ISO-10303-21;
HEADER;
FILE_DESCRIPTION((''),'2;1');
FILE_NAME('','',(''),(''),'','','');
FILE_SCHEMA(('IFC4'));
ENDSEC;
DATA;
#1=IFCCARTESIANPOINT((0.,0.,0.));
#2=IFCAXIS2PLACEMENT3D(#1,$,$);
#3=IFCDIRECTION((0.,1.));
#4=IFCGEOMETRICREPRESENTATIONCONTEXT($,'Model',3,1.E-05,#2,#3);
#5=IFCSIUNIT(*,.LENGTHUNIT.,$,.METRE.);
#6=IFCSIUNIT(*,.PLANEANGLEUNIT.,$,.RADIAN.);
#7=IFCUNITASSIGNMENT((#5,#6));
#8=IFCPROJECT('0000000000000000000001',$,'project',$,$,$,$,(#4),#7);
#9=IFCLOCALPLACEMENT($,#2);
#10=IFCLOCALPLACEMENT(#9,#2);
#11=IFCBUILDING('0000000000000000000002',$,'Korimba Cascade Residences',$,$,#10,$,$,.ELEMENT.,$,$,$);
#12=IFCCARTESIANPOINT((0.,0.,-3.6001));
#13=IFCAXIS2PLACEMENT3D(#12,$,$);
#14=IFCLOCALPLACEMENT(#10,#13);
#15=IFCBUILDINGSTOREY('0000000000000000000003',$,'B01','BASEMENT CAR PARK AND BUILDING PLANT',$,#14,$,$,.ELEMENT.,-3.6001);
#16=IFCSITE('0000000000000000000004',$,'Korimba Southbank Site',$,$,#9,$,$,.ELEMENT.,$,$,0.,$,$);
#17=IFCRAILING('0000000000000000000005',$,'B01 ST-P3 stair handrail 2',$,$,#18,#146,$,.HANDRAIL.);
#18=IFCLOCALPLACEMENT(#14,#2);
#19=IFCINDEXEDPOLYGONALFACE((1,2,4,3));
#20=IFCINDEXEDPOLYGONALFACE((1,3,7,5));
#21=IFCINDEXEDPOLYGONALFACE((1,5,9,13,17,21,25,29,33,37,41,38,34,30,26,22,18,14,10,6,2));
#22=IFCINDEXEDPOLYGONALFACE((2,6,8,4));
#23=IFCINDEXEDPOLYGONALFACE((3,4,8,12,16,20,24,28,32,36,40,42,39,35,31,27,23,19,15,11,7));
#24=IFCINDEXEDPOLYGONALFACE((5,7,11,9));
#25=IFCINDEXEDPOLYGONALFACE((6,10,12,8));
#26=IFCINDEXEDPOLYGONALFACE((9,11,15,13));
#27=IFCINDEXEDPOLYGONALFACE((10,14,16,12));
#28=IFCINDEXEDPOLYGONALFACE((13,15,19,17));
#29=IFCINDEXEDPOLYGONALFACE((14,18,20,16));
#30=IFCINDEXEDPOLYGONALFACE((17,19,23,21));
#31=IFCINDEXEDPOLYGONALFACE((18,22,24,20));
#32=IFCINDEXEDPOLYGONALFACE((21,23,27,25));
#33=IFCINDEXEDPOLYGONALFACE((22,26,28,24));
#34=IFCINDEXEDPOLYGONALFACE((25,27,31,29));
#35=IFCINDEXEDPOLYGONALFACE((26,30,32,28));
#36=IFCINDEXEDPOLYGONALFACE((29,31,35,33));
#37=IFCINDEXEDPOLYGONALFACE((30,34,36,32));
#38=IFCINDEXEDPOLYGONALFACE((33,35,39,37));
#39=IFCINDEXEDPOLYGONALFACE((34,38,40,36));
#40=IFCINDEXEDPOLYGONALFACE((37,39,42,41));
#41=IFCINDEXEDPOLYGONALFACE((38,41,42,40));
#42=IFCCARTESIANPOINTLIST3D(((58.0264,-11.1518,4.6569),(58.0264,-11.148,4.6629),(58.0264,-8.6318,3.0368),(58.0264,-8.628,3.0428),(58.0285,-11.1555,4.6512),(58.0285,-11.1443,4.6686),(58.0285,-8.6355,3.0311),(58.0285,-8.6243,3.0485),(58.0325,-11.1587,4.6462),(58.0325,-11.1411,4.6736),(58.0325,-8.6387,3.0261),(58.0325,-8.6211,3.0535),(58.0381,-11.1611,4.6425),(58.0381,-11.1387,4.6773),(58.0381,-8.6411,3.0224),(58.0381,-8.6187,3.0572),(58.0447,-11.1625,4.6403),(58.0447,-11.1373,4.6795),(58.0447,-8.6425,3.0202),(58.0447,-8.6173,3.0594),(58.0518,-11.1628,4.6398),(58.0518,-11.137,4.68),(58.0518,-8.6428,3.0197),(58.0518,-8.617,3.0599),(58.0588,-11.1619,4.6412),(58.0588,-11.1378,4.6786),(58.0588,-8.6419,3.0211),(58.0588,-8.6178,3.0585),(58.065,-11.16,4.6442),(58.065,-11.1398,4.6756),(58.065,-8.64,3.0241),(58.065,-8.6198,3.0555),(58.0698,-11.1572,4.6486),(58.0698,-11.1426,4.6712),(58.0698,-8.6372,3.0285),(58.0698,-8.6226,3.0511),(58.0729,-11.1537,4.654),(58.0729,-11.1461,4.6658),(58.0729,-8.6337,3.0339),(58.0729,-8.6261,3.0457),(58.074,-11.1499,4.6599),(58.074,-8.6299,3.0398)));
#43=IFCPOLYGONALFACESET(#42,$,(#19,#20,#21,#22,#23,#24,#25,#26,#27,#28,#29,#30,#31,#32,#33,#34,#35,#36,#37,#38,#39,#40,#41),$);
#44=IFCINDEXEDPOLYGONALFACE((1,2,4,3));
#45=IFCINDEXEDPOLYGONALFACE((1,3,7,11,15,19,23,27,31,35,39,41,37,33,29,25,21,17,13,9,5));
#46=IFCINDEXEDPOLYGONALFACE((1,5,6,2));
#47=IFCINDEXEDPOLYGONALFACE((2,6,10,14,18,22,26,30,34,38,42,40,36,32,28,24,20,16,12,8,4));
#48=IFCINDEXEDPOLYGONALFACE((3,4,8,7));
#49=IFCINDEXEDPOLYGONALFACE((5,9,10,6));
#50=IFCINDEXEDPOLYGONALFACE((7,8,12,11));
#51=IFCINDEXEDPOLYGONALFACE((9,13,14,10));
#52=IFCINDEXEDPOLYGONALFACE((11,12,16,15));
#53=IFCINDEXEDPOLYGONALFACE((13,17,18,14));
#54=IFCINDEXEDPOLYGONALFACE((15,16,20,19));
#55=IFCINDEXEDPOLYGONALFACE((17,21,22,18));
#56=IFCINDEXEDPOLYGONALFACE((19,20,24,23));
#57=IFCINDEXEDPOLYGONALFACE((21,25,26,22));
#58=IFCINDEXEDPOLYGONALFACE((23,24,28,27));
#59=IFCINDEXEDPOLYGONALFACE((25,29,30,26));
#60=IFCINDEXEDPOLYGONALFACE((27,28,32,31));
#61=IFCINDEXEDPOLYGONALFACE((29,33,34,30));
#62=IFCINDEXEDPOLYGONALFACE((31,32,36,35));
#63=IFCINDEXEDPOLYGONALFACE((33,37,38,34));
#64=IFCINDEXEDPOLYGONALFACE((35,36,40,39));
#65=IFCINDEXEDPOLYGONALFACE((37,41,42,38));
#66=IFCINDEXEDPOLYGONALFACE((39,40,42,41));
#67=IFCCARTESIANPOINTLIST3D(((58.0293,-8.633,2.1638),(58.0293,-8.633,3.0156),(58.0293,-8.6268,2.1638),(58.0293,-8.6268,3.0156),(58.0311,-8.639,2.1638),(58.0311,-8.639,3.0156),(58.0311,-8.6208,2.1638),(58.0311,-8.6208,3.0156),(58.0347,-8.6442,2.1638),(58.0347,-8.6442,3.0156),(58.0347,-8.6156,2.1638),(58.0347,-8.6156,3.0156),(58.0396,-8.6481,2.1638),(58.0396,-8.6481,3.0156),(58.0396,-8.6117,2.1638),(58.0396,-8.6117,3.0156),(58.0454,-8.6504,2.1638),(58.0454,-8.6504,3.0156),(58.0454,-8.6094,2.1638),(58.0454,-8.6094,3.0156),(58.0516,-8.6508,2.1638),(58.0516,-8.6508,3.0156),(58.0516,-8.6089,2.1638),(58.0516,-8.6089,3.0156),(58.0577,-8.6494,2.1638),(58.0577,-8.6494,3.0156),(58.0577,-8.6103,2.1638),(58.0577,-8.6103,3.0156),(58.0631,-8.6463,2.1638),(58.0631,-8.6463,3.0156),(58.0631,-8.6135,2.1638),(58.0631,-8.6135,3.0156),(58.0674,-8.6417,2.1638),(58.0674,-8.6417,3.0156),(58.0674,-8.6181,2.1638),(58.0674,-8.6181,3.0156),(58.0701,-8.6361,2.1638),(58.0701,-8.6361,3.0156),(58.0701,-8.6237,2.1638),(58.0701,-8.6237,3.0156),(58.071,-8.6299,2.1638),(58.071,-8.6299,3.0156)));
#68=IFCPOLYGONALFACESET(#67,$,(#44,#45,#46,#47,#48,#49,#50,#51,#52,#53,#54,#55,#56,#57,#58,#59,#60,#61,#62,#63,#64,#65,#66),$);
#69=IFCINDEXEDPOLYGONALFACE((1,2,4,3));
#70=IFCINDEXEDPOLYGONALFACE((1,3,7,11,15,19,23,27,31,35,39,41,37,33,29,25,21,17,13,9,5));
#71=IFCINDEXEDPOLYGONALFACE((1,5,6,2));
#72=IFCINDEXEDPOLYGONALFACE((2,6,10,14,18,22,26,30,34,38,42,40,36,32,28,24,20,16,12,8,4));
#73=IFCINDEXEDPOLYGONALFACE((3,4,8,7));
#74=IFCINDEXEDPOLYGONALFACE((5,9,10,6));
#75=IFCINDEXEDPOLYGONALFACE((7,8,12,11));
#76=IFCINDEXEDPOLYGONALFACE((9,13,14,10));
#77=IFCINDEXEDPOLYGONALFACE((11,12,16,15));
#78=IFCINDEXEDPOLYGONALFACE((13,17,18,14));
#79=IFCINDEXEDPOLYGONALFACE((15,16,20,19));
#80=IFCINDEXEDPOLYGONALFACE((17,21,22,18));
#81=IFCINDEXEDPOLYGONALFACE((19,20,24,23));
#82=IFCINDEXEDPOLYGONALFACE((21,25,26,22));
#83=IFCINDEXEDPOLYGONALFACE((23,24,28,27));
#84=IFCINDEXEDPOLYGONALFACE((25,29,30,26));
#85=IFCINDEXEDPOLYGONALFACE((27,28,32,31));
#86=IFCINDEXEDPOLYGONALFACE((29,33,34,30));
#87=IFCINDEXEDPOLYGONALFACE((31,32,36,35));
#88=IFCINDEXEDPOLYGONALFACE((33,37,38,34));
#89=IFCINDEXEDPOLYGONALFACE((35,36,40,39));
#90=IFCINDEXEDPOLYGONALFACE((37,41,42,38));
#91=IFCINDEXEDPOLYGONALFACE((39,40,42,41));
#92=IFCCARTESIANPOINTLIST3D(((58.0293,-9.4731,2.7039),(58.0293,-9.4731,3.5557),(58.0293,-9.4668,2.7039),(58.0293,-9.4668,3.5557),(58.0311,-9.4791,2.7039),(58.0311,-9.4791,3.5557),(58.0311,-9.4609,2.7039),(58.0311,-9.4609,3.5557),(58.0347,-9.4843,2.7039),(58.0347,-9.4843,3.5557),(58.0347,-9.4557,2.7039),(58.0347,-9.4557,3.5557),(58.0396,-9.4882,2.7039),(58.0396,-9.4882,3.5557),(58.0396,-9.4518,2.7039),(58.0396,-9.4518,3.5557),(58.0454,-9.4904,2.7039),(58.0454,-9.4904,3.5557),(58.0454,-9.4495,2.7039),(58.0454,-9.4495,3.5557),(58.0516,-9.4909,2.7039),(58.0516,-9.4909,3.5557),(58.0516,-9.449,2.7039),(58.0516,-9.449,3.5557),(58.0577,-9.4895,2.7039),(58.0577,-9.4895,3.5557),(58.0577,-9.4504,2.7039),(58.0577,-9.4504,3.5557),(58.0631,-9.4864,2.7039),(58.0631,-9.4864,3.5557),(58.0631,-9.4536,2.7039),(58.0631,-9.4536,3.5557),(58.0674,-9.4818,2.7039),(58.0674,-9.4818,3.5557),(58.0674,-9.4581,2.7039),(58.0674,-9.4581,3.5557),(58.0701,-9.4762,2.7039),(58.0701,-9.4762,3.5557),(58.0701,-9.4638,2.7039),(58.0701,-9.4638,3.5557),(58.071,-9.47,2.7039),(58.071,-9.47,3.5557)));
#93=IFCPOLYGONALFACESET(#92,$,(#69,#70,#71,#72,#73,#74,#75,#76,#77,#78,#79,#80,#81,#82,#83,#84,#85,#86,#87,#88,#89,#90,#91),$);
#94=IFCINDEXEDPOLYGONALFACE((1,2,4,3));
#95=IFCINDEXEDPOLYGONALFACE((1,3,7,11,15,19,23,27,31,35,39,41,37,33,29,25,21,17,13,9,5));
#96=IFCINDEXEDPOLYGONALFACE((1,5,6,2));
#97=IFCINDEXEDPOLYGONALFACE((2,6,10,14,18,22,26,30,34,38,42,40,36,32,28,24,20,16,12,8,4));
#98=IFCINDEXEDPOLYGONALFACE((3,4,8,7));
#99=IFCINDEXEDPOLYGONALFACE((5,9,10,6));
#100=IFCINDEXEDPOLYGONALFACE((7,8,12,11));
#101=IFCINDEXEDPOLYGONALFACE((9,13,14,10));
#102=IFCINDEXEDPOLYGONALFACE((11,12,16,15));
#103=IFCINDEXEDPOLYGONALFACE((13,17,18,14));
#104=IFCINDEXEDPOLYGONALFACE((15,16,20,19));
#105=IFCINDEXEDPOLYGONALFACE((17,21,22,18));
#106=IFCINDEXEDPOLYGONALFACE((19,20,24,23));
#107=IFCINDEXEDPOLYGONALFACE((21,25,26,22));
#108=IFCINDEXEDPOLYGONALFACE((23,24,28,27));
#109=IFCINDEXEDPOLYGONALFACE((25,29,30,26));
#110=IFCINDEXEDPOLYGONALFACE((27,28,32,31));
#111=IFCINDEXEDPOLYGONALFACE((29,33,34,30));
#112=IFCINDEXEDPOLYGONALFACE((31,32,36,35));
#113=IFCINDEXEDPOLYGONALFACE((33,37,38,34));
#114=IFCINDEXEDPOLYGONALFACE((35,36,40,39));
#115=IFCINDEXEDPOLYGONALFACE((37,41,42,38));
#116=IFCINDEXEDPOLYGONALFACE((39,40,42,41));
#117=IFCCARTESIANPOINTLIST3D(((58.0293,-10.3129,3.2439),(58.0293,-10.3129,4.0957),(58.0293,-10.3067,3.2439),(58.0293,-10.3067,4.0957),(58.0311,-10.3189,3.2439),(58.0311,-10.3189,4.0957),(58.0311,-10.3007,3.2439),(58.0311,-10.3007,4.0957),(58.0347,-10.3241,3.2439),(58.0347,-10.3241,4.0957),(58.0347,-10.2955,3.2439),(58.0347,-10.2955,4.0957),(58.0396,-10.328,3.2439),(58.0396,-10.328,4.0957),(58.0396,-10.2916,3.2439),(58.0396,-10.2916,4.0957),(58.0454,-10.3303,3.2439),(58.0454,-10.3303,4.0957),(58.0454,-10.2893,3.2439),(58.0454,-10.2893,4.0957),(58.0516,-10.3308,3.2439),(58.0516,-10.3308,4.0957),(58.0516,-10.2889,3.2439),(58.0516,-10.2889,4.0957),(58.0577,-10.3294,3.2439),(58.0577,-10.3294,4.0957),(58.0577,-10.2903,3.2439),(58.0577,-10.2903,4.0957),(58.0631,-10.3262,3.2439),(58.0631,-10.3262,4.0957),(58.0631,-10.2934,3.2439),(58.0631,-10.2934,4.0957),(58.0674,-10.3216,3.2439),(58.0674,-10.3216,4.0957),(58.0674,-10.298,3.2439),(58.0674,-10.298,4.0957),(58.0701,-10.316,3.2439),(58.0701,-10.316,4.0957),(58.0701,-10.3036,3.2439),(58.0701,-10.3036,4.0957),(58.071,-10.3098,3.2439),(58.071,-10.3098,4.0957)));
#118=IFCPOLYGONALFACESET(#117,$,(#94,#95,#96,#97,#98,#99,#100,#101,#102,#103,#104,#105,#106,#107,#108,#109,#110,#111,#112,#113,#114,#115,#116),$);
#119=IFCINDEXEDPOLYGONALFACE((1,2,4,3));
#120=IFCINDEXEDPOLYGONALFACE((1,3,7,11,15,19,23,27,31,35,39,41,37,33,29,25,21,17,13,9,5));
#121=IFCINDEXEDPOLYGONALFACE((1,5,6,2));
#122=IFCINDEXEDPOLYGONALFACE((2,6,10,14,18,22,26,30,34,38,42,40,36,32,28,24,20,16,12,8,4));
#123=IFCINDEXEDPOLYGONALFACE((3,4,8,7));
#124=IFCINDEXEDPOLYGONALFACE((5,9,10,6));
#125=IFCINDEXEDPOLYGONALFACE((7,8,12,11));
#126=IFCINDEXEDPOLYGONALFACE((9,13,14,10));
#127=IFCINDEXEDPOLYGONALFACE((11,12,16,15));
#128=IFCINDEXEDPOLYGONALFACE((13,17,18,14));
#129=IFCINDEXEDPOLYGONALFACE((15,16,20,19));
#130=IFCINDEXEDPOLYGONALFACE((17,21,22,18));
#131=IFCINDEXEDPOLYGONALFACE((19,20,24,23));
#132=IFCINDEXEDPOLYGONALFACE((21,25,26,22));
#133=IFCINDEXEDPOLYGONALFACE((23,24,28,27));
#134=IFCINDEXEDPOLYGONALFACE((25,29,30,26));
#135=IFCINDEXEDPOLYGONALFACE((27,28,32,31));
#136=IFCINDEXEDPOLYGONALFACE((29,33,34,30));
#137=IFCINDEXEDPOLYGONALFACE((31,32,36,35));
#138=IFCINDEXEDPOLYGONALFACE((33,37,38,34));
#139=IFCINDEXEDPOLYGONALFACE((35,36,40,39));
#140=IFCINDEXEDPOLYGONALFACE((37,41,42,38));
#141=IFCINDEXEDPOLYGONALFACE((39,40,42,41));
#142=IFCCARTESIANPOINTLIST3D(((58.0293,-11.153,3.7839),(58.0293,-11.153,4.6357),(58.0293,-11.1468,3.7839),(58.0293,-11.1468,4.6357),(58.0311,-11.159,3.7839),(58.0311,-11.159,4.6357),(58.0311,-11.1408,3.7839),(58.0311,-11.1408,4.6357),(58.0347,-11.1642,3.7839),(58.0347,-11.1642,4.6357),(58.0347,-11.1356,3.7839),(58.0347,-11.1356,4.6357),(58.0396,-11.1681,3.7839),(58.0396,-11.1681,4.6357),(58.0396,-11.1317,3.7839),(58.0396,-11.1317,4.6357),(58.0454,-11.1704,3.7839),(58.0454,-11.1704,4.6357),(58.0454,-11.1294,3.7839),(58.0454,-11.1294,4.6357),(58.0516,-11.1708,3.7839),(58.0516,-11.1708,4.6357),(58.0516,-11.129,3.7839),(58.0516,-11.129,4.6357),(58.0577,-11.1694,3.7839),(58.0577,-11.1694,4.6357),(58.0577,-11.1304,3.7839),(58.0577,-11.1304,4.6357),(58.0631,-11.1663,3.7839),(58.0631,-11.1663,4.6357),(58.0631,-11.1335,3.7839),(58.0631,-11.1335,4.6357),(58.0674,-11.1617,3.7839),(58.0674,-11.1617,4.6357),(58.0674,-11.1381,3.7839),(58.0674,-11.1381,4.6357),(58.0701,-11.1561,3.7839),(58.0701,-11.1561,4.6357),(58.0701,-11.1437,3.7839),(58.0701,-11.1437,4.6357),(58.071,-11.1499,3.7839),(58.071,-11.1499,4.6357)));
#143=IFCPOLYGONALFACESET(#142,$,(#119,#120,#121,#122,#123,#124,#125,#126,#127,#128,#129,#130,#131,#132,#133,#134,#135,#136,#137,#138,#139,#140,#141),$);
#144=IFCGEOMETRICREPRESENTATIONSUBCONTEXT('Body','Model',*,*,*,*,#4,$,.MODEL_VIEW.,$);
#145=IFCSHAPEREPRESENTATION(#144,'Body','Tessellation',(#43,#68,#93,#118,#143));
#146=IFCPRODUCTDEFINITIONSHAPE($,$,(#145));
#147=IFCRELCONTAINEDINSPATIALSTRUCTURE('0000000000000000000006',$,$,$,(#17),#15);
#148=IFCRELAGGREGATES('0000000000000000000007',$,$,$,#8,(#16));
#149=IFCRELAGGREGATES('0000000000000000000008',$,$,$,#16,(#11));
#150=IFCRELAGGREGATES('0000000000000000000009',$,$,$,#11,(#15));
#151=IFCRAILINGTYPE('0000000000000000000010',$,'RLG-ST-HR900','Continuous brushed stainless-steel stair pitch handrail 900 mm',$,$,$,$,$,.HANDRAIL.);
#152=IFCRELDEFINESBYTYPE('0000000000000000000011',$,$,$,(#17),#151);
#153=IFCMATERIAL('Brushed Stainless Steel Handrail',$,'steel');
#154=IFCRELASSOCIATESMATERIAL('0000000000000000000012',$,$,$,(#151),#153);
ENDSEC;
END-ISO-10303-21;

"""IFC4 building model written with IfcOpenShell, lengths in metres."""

from ifc_helpers import new_model, si_unit, direction, frame, origin, origin_2d, place, context, subcontext, project, spatial, circle, extrude, material, type_object, element, save


model = new_model("IFC4")

# Units and contexts
model_context = context("Model", 3, precision=1e-05, world=origin(), true_north=direction((0.0, 1.0)))
body_context = subcontext(model_context, "Body", "Model", "MODEL_VIEW")
ifc_project = project(units=[si_unit("LENGTHUNIT", "METRE"), si_unit("PLANEANGLEUNIT", "RADIAN")], contexts=[model_context])

# Site, building, storey
site_placement = place(None, origin())
site = spatial("IfcSite", under=ifc_project, at=site_placement, Name="Korimba Southbank Site", CompositionType="ELEMENT", RefElevation=0.0)
building_placement = place(site_placement, origin())
building = spatial("IfcBuilding", under=site, at=building_placement, Name="Korimba Cascade Residences", CompositionType="ELEMENT")
storey_placement = place(building_placement, frame((0.0, 0.0, -3.6001)))
storey = spatial("IfcBuildingStorey", under=building, at=storey_placement, Name="B01", Description="BASEMENT CAR PARK AND BUILDING PLANT", CompositionType="ELEMENT", Elevation=-3.6001)

# Railing
ifc_material_1 = material(Name="Brushed Stainless Steel Handrail", Category="steel")
railing_type_1 = type_object("IfcRailingType", Name="RLG-ST-HR900", Description="Continuous brushed stainless-steel stair pitch handrail 900 mm", PredefinedType="HANDRAIL", material=ifc_material_1)
for number, where, name in (
    (1, (58.05, -8.6299, 2.1638), "B01 ST-P3 stair handrail 2"),
):
    element("IfcRailing", number, at=place(storey_placement, frame(where)), inside=storey, type_object=railing_type_1, Name=name, PredefinedType="HANDRAIL", context=body_context, shape_type="SweptSolid", body=[
        extrude(circle(Radius=0.0239, at=origin_2d()), frame((0.0, 0.0, 0.876), z_axis=(0.0, -0.841163, 0.540782), x_axis=(1.0, 0.0, 0.0)), (0.0, 0.0, 1.0), 2.9958),
        extrude(circle(Radius=0.021, at=origin_2d()), origin(), (0.0, 0.0, 1.0), 0.8518),
        extrude(circle(Radius=0.021, at=origin_2d()), frame((0.0, -0.8401, 0.54)), (0.0, 0.0, 1.0), 0.8518),
        extrude(circle(Radius=0.021, at=origin_2d()), frame((0.0, -1.6799, 1.0801)), (0.0, 0.0, 1.0), 0.8518),
        extrude(circle(Radius=0.021, at=origin_2d()), frame((0.0, -2.52, 1.6201)), (0.0, 0.0, 1.0), 0.8518),
    ])

save(model, "model.ifc")
